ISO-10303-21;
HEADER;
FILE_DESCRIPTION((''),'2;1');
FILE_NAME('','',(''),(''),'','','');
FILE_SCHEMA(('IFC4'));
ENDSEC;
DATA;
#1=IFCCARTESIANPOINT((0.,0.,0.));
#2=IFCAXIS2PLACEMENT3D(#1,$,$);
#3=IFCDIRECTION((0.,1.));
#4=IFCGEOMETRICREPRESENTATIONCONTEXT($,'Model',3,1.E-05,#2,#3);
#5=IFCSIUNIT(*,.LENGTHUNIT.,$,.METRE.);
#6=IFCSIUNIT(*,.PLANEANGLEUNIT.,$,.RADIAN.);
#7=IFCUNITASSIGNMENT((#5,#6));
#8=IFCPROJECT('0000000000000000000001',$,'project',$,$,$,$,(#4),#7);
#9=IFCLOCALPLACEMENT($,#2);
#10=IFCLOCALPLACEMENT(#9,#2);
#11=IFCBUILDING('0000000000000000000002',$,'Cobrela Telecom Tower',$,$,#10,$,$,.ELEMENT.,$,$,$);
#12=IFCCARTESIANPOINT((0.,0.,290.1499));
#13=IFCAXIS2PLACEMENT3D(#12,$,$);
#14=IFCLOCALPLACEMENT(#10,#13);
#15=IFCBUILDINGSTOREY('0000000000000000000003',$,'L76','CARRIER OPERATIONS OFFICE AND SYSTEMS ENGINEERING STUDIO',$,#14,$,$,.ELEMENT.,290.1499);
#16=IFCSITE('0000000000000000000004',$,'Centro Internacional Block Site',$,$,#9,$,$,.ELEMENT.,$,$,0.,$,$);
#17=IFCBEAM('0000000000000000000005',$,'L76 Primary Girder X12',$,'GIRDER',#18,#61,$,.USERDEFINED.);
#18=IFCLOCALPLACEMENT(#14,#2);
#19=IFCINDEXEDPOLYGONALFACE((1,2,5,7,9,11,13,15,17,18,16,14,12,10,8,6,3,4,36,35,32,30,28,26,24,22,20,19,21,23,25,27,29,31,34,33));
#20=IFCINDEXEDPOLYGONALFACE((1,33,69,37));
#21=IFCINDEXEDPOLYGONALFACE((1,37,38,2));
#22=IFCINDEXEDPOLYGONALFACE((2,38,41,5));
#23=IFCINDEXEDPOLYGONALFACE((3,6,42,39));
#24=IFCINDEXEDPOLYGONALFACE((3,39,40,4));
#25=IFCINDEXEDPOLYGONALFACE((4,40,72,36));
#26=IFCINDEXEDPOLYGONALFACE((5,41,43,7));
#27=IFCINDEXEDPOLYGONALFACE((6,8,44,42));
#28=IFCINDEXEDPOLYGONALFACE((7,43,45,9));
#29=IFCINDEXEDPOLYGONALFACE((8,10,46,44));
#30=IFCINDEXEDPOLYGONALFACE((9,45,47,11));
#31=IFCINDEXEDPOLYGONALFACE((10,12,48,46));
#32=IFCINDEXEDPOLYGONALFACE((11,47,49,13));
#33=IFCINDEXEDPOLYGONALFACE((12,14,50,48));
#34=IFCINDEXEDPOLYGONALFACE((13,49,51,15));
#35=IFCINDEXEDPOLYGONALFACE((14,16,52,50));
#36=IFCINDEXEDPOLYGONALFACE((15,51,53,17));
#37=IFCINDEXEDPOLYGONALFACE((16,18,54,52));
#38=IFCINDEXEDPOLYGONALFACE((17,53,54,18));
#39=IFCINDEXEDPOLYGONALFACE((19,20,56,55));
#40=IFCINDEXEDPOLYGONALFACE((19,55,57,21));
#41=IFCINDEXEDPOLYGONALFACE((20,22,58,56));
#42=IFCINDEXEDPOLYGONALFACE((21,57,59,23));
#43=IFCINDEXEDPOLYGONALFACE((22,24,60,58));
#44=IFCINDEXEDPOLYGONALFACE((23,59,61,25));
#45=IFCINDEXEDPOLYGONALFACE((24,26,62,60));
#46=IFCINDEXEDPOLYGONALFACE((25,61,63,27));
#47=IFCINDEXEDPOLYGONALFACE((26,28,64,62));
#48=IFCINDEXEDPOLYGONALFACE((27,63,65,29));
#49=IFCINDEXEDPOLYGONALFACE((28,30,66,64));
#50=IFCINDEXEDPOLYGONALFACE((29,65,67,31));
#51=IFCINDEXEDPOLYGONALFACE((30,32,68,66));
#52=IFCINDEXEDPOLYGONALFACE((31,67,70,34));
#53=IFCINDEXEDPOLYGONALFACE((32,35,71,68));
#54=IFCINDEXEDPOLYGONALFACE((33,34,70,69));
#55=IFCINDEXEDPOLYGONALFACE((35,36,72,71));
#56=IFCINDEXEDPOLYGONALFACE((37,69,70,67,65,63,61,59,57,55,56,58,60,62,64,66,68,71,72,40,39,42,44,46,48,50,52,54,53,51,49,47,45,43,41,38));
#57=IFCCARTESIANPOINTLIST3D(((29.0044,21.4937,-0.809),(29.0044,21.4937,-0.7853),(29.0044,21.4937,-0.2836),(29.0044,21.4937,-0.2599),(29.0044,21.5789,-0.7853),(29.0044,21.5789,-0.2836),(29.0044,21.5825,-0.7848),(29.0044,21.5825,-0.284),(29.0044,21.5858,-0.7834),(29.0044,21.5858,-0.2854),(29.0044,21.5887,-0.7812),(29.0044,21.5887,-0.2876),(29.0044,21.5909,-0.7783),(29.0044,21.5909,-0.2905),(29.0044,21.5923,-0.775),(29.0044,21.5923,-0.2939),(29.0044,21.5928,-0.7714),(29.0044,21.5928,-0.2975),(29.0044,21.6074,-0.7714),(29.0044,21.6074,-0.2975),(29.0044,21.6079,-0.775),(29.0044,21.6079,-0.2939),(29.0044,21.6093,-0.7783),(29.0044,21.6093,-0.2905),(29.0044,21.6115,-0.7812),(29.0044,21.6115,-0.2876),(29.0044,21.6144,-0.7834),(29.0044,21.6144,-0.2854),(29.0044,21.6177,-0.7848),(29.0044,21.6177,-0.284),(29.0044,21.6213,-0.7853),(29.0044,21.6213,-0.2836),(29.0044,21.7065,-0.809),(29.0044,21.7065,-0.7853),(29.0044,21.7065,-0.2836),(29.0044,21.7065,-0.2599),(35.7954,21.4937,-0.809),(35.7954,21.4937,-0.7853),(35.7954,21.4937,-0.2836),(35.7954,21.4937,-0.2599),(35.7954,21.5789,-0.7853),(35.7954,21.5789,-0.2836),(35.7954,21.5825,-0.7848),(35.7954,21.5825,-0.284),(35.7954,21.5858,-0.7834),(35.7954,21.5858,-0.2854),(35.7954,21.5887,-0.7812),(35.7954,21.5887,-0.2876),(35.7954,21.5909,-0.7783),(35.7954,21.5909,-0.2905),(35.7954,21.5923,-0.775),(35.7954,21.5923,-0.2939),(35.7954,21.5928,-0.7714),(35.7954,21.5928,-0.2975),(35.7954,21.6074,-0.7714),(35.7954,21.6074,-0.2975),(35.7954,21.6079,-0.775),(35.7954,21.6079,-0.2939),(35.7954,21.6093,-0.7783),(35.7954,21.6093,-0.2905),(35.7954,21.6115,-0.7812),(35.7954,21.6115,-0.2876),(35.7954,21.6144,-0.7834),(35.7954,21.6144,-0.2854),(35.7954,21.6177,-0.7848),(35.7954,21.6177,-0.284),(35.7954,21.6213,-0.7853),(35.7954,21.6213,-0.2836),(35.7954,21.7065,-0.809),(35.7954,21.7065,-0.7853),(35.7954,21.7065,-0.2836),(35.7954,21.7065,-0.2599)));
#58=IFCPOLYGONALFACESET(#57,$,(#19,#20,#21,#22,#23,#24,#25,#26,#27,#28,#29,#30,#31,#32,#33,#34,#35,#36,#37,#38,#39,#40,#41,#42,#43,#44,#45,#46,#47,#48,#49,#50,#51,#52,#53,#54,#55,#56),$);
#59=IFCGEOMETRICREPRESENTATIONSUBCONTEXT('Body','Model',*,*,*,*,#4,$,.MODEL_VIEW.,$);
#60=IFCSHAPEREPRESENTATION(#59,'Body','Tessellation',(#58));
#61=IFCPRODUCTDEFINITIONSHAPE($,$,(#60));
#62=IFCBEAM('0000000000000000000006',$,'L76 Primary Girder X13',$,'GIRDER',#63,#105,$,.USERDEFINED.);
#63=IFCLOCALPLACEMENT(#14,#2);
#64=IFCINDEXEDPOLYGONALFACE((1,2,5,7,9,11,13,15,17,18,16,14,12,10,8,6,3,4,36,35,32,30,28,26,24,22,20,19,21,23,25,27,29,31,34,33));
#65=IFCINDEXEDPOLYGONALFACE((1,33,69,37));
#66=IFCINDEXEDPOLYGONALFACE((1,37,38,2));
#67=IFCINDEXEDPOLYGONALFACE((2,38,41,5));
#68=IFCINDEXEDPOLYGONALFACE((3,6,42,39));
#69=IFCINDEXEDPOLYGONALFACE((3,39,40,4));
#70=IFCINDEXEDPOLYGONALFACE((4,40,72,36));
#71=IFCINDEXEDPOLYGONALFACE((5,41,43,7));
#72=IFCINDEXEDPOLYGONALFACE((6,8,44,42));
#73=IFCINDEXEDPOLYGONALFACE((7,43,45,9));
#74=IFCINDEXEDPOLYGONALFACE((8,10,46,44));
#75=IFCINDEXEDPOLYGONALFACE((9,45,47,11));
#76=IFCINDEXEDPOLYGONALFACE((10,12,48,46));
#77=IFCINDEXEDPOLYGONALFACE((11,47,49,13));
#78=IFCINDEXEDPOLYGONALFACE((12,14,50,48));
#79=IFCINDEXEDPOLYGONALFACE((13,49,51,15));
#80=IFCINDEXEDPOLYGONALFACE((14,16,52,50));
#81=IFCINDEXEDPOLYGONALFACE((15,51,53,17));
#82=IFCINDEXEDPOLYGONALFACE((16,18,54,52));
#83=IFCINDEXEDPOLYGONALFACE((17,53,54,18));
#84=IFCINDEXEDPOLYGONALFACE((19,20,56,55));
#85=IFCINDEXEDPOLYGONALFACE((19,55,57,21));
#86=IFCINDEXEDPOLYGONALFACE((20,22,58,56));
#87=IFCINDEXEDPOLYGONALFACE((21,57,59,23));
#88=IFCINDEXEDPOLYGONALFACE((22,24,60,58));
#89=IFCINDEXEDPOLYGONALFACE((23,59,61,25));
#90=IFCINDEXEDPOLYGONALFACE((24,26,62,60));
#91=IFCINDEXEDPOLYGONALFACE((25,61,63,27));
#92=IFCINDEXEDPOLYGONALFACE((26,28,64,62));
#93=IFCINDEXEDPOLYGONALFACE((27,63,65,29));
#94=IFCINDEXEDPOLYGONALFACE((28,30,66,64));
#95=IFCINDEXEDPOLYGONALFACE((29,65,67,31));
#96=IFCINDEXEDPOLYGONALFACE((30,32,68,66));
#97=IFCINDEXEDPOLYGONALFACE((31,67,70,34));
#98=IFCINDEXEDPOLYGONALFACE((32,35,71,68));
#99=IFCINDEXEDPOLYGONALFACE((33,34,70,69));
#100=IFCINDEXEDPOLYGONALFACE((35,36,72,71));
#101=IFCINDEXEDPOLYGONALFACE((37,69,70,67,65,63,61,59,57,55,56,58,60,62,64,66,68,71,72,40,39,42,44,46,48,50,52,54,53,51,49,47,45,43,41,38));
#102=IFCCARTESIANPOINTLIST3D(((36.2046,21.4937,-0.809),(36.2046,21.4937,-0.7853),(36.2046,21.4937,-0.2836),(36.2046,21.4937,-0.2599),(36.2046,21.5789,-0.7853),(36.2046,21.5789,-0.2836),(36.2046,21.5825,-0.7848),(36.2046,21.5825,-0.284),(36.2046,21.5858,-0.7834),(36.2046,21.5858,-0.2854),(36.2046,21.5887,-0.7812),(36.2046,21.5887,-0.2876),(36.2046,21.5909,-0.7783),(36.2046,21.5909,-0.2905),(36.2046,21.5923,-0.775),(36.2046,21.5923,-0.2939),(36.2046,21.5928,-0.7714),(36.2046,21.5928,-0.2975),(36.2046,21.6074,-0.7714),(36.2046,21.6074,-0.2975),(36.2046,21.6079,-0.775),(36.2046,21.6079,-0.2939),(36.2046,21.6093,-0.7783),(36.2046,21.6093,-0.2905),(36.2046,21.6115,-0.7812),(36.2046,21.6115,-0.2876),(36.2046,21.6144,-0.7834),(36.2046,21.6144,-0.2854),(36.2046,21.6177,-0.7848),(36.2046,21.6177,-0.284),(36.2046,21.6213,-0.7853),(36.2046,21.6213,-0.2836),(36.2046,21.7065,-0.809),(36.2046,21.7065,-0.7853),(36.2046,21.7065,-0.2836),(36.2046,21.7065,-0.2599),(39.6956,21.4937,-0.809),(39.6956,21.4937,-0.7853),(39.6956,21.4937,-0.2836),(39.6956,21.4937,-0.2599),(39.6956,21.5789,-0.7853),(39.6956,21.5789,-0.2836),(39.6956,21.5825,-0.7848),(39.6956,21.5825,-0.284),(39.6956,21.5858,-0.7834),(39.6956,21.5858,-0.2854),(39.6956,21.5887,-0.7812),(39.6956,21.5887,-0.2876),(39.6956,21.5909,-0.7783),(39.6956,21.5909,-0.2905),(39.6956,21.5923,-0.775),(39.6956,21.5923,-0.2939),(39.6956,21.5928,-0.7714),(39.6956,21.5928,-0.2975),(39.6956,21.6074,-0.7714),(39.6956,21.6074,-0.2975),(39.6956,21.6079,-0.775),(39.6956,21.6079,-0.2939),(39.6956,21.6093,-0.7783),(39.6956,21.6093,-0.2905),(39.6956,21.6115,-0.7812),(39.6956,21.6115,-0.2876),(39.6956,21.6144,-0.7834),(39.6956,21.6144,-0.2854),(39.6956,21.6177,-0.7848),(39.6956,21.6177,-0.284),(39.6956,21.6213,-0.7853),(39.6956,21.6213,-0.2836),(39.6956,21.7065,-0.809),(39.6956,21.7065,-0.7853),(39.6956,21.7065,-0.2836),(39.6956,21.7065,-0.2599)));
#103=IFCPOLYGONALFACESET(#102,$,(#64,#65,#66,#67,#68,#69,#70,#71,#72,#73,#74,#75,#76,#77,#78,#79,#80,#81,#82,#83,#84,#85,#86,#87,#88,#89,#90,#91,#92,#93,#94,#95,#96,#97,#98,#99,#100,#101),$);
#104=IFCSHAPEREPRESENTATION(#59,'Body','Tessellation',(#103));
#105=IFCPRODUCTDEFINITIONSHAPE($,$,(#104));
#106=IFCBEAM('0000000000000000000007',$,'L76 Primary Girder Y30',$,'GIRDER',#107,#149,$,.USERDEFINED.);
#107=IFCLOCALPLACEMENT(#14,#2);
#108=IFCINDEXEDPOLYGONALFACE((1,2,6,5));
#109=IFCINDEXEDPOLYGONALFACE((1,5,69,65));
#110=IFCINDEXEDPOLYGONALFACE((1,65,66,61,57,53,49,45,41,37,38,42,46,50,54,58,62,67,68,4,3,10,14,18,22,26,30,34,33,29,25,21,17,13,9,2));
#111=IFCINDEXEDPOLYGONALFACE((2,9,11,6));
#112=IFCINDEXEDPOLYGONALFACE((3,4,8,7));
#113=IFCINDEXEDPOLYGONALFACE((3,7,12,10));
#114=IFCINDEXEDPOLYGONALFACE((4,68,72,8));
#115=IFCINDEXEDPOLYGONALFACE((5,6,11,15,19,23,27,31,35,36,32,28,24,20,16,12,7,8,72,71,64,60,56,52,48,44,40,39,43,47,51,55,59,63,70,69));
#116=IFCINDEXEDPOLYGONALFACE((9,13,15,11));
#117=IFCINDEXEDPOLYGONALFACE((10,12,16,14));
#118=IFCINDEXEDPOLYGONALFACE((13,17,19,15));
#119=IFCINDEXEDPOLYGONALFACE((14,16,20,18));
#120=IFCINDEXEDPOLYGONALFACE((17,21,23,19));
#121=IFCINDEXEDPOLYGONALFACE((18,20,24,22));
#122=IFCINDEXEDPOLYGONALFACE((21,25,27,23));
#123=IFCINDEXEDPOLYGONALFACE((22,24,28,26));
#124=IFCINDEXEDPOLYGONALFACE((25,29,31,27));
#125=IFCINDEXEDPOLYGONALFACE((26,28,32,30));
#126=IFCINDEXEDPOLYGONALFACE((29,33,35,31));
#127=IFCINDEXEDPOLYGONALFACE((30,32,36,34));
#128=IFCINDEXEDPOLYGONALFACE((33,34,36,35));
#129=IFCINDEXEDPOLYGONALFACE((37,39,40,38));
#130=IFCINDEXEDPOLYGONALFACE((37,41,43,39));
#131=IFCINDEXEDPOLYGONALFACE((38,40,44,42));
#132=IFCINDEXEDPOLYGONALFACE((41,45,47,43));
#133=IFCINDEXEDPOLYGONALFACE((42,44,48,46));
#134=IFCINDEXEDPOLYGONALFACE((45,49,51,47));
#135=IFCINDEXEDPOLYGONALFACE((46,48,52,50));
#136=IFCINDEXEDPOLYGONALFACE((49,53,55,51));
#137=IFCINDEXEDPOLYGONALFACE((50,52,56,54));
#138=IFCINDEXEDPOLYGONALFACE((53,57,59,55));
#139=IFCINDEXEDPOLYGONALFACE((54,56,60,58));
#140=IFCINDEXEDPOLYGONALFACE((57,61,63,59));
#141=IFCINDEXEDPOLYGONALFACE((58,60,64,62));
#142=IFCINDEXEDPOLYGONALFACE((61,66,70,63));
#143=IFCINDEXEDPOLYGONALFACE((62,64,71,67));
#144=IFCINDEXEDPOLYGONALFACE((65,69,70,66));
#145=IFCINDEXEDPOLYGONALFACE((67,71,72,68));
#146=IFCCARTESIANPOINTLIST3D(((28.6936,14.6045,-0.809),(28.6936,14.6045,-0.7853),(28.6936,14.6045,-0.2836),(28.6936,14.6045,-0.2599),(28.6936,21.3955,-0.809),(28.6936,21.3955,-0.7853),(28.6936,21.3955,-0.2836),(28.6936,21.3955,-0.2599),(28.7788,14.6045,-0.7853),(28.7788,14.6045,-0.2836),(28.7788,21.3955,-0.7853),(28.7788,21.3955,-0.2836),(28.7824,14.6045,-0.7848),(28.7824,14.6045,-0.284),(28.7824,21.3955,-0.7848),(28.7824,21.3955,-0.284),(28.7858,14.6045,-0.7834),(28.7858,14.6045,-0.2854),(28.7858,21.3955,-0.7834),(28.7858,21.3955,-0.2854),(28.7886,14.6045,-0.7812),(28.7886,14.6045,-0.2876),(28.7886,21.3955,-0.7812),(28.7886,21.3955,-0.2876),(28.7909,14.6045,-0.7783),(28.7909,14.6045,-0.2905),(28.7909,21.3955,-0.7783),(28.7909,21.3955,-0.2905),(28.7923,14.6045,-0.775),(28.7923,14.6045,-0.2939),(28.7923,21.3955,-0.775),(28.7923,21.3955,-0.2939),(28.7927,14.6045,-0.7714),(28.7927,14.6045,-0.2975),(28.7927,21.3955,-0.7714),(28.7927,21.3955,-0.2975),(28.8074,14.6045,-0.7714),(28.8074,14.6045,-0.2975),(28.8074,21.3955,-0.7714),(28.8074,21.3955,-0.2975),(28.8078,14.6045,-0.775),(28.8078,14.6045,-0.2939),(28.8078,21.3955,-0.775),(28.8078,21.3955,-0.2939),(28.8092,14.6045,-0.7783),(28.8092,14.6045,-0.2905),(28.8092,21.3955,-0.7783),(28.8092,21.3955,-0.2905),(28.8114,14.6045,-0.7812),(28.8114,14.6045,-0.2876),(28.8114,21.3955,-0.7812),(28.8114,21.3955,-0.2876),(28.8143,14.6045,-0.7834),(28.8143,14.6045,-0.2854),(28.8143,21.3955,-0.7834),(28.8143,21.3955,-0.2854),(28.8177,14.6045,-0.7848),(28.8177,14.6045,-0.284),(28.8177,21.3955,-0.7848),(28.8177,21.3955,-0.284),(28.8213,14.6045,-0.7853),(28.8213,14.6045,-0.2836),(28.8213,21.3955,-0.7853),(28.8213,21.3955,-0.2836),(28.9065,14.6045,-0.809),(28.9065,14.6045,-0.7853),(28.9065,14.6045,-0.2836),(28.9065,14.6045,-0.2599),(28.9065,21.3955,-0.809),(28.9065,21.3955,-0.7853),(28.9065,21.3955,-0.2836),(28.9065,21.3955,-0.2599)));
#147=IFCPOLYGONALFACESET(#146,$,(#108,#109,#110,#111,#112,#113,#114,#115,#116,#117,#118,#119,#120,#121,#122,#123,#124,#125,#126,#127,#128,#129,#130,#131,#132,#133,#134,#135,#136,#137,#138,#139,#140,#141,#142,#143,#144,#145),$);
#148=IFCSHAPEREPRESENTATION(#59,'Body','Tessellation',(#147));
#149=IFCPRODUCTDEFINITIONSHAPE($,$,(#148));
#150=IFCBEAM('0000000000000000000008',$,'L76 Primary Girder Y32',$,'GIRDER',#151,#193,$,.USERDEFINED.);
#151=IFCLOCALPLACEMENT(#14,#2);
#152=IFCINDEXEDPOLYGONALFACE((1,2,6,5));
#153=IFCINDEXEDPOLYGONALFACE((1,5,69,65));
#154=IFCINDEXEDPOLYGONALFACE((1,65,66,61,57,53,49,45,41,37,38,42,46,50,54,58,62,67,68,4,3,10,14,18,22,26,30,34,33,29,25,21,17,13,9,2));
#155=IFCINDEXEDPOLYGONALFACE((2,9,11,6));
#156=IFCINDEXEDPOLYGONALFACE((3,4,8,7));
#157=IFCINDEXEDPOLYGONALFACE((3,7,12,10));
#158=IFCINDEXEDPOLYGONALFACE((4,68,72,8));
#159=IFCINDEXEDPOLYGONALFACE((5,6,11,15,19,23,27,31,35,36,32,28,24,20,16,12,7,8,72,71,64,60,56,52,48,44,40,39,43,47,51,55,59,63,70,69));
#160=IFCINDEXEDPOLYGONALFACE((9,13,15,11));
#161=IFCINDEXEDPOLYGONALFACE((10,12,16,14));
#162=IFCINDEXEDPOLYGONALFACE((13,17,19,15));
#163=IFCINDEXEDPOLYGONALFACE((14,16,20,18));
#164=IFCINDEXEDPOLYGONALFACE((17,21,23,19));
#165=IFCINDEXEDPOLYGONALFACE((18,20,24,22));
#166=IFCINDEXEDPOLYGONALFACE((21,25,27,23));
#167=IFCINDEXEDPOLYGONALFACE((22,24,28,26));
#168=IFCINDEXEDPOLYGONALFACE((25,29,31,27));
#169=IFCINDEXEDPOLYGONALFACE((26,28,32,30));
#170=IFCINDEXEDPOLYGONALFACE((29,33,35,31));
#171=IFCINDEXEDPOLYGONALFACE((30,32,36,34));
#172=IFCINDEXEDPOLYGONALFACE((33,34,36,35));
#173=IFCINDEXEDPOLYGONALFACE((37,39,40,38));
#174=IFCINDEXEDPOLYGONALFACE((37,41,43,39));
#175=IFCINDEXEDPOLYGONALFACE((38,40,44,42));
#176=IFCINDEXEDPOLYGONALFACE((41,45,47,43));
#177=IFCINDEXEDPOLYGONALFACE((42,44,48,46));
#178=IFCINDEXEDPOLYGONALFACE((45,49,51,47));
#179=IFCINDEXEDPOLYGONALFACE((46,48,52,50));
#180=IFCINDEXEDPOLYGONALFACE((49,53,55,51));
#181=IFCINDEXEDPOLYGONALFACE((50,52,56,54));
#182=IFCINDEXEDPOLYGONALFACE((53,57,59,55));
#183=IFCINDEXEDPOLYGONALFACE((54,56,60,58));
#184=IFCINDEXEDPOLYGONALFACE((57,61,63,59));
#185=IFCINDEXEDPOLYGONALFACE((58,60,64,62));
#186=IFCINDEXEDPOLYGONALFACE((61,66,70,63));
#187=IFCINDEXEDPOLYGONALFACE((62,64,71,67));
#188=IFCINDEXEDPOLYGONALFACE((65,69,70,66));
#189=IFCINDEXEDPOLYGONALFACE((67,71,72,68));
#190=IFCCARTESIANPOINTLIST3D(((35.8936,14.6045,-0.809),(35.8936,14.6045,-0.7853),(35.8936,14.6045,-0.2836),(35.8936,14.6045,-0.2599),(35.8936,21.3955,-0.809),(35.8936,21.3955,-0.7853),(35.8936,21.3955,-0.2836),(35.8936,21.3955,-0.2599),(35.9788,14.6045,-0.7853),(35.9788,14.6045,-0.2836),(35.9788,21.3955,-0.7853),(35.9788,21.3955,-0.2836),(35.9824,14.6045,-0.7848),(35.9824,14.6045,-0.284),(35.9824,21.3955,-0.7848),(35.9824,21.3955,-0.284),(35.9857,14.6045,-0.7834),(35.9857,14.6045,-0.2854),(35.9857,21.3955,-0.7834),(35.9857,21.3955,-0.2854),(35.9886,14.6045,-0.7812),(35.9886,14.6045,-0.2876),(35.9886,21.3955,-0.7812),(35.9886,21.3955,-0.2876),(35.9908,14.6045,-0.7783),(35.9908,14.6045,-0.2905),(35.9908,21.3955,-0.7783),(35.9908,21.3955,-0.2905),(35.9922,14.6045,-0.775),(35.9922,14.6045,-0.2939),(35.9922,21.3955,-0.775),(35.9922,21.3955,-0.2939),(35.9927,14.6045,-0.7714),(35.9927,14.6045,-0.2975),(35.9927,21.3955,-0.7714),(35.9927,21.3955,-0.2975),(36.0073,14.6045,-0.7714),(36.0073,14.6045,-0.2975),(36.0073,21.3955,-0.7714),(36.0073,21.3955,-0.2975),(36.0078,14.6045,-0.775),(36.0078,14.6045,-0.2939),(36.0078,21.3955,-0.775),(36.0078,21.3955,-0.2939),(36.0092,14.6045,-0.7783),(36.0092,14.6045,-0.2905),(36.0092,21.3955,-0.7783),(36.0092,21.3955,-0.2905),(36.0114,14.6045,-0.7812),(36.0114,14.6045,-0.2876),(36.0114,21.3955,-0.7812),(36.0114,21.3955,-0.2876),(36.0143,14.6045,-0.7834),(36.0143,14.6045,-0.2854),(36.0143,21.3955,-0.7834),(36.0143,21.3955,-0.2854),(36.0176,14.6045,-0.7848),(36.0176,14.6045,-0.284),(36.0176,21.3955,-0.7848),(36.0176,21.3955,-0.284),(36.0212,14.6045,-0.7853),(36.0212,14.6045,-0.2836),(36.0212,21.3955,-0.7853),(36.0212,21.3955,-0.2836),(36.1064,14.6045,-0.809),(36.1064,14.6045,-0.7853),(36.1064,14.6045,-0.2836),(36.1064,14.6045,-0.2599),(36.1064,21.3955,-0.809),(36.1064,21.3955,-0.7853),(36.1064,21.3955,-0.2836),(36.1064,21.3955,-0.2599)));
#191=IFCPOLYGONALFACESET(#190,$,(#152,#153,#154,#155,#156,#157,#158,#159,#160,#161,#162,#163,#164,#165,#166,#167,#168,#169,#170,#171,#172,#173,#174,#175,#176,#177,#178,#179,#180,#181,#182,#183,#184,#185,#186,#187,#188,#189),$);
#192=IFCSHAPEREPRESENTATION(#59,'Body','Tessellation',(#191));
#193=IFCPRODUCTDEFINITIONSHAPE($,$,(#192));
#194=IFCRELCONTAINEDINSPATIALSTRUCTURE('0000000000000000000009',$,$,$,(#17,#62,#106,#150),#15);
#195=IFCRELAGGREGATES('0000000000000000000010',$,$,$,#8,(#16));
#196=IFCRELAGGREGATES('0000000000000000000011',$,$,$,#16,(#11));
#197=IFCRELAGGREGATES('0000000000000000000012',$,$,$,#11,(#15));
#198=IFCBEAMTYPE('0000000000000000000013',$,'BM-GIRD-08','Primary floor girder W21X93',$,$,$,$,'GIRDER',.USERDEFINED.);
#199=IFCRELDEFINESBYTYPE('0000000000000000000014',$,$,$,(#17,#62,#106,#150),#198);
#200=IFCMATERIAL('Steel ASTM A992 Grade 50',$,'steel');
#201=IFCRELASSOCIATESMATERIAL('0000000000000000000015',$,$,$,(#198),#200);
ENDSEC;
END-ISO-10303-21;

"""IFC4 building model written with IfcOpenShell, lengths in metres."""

from ifc_helpers import new_model, si_unit, direction, frame, origin, origin_2d, place, context, subcontext, project, spatial, i_section, extrude, material, material_profile, profile_set, type_object, element, save


model = new_model("IFC4")

# Units and contexts
model_context = context("Model", 3, precision=1e-05, world=origin(), true_north=direction((0.0, 1.0)))
body_context = subcontext(model_context, "Body", "Model", "MODEL_VIEW")
ifc_project = project(units=[si_unit("LENGTHUNIT", "METRE"), si_unit("PLANEANGLEUNIT", "RADIAN")], contexts=[model_context])

# Site, building, storey
site_placement = place(None, origin())
site = spatial("IfcSite", under=ifc_project, at=site_placement, Name="Centro Internacional Block Site", CompositionType="ELEMENT", RefElevation=0.0)
building_placement = place(site_placement, origin())
building = spatial("IfcBuilding", under=site, at=building_placement, Name="Cobrela Telecom Tower", CompositionType="ELEMENT")
storey_placement = place(building_placement, frame((0.0, 0.0, 290.1499)))
storey = spatial("IfcBuildingStorey", under=building, at=storey_placement, Name="L76", Description="CARRIER OPERATIONS OFFICE AND SYSTEMS ENGINEERING STUDIO", CompositionType="ELEMENT", Elevation=290.1499)

# Shared definitions
ifc_material_1 = material(Name="Steel ASTM A992 Grade 50", Category="steel")

# Beams
ifc_material_profile_1 = material_profile(ifc_material_1, i_section(OverallWidth=0.2129, OverallDepth=0.5491, WebThickness=0.0146, FlangeThickness=0.0237, FilletRadius=0.0139, at=origin_2d()), Name="W21X93")
ifc_profile_set_1 = profile_set([ifc_material_profile_1], Name="Steel ASTM A992 Grade 50")
beam_type_1 = type_object("IfcBeamType", Name="BM-GIRD-08", Description="Primary floor girder W21X93", ElementType="GIRDER", PredefinedType="USERDEFINED", material=ifc_profile_set_1)
beam_1_placement = place(storey_placement, frame((29.0044, 21.6001, -0.5344), z_axis=(1.0, 0.0, 0.0), x_axis=(0.0, 1.0, 0.0)))
element("IfcBeam", 1, at=beam_1_placement, inside=storey, type_object=beam_type_1, Name="L76 Primary Girder X12", ObjectType="GIRDER", PredefinedType="USERDEFINED", context=body_context, shape_type="SweptSolid", body=[
    extrude(i_section(OverallWidth=0.2129, OverallDepth=0.5491, WebThickness=0.0146, FlangeThickness=0.0237, FilletRadius=0.0139, at=origin_2d()), origin(), (0.0, 0.0, 1.0), 6.791),
])
beam_2_placement = place(storey_placement, frame((36.2046, 21.6001, -0.5344), z_axis=(1.0, 0.0, 0.0), x_axis=(0.0, 1.0, 0.0)))
element("IfcBeam", 2, at=beam_2_placement, inside=storey, type_object=beam_type_1, Name="L76 Primary Girder X13", ObjectType="GIRDER", PredefinedType="USERDEFINED", context=body_context, shape_type="SweptSolid", body=[
    extrude(i_section(OverallWidth=0.2129, OverallDepth=0.5491, WebThickness=0.0146, FlangeThickness=0.0237, FilletRadius=0.0139, at=origin_2d()), origin(), (0.0, 0.0, 1.0), 3.491),
])
for number, where, z_axis, x_axis, name in (
    (3, (28.8, 14.6045, -0.5344), (0.0, 1.0, 0.0), (-1.0, 0.0, 0.0), "L76 Primary Girder Y30"),
    (4, (36.0, 14.6045, -0.5344), (0.0, 1.0, 0.0), (-1.0, 0.0, 0.0), "L76 Primary Girder Y32"),
):
    element("IfcBeam", number, at=place(storey_placement, frame(where, z_axis=z_axis, x_axis=x_axis)), inside=storey, type_object=beam_type_1, Name=name, ObjectType="GIRDER", PredefinedType="USERDEFINED", context=body_context, shape_type="SweptSolid", body=[
        extrude(i_section(OverallWidth=0.2129, OverallDepth=0.5491, WebThickness=0.0146, FlangeThickness=0.0237, FilletRadius=0.0139, at=origin_2d()), origin(), (0.0, 0.0, 1.0), 6.791),
    ])

save(model, "model.ifc")
